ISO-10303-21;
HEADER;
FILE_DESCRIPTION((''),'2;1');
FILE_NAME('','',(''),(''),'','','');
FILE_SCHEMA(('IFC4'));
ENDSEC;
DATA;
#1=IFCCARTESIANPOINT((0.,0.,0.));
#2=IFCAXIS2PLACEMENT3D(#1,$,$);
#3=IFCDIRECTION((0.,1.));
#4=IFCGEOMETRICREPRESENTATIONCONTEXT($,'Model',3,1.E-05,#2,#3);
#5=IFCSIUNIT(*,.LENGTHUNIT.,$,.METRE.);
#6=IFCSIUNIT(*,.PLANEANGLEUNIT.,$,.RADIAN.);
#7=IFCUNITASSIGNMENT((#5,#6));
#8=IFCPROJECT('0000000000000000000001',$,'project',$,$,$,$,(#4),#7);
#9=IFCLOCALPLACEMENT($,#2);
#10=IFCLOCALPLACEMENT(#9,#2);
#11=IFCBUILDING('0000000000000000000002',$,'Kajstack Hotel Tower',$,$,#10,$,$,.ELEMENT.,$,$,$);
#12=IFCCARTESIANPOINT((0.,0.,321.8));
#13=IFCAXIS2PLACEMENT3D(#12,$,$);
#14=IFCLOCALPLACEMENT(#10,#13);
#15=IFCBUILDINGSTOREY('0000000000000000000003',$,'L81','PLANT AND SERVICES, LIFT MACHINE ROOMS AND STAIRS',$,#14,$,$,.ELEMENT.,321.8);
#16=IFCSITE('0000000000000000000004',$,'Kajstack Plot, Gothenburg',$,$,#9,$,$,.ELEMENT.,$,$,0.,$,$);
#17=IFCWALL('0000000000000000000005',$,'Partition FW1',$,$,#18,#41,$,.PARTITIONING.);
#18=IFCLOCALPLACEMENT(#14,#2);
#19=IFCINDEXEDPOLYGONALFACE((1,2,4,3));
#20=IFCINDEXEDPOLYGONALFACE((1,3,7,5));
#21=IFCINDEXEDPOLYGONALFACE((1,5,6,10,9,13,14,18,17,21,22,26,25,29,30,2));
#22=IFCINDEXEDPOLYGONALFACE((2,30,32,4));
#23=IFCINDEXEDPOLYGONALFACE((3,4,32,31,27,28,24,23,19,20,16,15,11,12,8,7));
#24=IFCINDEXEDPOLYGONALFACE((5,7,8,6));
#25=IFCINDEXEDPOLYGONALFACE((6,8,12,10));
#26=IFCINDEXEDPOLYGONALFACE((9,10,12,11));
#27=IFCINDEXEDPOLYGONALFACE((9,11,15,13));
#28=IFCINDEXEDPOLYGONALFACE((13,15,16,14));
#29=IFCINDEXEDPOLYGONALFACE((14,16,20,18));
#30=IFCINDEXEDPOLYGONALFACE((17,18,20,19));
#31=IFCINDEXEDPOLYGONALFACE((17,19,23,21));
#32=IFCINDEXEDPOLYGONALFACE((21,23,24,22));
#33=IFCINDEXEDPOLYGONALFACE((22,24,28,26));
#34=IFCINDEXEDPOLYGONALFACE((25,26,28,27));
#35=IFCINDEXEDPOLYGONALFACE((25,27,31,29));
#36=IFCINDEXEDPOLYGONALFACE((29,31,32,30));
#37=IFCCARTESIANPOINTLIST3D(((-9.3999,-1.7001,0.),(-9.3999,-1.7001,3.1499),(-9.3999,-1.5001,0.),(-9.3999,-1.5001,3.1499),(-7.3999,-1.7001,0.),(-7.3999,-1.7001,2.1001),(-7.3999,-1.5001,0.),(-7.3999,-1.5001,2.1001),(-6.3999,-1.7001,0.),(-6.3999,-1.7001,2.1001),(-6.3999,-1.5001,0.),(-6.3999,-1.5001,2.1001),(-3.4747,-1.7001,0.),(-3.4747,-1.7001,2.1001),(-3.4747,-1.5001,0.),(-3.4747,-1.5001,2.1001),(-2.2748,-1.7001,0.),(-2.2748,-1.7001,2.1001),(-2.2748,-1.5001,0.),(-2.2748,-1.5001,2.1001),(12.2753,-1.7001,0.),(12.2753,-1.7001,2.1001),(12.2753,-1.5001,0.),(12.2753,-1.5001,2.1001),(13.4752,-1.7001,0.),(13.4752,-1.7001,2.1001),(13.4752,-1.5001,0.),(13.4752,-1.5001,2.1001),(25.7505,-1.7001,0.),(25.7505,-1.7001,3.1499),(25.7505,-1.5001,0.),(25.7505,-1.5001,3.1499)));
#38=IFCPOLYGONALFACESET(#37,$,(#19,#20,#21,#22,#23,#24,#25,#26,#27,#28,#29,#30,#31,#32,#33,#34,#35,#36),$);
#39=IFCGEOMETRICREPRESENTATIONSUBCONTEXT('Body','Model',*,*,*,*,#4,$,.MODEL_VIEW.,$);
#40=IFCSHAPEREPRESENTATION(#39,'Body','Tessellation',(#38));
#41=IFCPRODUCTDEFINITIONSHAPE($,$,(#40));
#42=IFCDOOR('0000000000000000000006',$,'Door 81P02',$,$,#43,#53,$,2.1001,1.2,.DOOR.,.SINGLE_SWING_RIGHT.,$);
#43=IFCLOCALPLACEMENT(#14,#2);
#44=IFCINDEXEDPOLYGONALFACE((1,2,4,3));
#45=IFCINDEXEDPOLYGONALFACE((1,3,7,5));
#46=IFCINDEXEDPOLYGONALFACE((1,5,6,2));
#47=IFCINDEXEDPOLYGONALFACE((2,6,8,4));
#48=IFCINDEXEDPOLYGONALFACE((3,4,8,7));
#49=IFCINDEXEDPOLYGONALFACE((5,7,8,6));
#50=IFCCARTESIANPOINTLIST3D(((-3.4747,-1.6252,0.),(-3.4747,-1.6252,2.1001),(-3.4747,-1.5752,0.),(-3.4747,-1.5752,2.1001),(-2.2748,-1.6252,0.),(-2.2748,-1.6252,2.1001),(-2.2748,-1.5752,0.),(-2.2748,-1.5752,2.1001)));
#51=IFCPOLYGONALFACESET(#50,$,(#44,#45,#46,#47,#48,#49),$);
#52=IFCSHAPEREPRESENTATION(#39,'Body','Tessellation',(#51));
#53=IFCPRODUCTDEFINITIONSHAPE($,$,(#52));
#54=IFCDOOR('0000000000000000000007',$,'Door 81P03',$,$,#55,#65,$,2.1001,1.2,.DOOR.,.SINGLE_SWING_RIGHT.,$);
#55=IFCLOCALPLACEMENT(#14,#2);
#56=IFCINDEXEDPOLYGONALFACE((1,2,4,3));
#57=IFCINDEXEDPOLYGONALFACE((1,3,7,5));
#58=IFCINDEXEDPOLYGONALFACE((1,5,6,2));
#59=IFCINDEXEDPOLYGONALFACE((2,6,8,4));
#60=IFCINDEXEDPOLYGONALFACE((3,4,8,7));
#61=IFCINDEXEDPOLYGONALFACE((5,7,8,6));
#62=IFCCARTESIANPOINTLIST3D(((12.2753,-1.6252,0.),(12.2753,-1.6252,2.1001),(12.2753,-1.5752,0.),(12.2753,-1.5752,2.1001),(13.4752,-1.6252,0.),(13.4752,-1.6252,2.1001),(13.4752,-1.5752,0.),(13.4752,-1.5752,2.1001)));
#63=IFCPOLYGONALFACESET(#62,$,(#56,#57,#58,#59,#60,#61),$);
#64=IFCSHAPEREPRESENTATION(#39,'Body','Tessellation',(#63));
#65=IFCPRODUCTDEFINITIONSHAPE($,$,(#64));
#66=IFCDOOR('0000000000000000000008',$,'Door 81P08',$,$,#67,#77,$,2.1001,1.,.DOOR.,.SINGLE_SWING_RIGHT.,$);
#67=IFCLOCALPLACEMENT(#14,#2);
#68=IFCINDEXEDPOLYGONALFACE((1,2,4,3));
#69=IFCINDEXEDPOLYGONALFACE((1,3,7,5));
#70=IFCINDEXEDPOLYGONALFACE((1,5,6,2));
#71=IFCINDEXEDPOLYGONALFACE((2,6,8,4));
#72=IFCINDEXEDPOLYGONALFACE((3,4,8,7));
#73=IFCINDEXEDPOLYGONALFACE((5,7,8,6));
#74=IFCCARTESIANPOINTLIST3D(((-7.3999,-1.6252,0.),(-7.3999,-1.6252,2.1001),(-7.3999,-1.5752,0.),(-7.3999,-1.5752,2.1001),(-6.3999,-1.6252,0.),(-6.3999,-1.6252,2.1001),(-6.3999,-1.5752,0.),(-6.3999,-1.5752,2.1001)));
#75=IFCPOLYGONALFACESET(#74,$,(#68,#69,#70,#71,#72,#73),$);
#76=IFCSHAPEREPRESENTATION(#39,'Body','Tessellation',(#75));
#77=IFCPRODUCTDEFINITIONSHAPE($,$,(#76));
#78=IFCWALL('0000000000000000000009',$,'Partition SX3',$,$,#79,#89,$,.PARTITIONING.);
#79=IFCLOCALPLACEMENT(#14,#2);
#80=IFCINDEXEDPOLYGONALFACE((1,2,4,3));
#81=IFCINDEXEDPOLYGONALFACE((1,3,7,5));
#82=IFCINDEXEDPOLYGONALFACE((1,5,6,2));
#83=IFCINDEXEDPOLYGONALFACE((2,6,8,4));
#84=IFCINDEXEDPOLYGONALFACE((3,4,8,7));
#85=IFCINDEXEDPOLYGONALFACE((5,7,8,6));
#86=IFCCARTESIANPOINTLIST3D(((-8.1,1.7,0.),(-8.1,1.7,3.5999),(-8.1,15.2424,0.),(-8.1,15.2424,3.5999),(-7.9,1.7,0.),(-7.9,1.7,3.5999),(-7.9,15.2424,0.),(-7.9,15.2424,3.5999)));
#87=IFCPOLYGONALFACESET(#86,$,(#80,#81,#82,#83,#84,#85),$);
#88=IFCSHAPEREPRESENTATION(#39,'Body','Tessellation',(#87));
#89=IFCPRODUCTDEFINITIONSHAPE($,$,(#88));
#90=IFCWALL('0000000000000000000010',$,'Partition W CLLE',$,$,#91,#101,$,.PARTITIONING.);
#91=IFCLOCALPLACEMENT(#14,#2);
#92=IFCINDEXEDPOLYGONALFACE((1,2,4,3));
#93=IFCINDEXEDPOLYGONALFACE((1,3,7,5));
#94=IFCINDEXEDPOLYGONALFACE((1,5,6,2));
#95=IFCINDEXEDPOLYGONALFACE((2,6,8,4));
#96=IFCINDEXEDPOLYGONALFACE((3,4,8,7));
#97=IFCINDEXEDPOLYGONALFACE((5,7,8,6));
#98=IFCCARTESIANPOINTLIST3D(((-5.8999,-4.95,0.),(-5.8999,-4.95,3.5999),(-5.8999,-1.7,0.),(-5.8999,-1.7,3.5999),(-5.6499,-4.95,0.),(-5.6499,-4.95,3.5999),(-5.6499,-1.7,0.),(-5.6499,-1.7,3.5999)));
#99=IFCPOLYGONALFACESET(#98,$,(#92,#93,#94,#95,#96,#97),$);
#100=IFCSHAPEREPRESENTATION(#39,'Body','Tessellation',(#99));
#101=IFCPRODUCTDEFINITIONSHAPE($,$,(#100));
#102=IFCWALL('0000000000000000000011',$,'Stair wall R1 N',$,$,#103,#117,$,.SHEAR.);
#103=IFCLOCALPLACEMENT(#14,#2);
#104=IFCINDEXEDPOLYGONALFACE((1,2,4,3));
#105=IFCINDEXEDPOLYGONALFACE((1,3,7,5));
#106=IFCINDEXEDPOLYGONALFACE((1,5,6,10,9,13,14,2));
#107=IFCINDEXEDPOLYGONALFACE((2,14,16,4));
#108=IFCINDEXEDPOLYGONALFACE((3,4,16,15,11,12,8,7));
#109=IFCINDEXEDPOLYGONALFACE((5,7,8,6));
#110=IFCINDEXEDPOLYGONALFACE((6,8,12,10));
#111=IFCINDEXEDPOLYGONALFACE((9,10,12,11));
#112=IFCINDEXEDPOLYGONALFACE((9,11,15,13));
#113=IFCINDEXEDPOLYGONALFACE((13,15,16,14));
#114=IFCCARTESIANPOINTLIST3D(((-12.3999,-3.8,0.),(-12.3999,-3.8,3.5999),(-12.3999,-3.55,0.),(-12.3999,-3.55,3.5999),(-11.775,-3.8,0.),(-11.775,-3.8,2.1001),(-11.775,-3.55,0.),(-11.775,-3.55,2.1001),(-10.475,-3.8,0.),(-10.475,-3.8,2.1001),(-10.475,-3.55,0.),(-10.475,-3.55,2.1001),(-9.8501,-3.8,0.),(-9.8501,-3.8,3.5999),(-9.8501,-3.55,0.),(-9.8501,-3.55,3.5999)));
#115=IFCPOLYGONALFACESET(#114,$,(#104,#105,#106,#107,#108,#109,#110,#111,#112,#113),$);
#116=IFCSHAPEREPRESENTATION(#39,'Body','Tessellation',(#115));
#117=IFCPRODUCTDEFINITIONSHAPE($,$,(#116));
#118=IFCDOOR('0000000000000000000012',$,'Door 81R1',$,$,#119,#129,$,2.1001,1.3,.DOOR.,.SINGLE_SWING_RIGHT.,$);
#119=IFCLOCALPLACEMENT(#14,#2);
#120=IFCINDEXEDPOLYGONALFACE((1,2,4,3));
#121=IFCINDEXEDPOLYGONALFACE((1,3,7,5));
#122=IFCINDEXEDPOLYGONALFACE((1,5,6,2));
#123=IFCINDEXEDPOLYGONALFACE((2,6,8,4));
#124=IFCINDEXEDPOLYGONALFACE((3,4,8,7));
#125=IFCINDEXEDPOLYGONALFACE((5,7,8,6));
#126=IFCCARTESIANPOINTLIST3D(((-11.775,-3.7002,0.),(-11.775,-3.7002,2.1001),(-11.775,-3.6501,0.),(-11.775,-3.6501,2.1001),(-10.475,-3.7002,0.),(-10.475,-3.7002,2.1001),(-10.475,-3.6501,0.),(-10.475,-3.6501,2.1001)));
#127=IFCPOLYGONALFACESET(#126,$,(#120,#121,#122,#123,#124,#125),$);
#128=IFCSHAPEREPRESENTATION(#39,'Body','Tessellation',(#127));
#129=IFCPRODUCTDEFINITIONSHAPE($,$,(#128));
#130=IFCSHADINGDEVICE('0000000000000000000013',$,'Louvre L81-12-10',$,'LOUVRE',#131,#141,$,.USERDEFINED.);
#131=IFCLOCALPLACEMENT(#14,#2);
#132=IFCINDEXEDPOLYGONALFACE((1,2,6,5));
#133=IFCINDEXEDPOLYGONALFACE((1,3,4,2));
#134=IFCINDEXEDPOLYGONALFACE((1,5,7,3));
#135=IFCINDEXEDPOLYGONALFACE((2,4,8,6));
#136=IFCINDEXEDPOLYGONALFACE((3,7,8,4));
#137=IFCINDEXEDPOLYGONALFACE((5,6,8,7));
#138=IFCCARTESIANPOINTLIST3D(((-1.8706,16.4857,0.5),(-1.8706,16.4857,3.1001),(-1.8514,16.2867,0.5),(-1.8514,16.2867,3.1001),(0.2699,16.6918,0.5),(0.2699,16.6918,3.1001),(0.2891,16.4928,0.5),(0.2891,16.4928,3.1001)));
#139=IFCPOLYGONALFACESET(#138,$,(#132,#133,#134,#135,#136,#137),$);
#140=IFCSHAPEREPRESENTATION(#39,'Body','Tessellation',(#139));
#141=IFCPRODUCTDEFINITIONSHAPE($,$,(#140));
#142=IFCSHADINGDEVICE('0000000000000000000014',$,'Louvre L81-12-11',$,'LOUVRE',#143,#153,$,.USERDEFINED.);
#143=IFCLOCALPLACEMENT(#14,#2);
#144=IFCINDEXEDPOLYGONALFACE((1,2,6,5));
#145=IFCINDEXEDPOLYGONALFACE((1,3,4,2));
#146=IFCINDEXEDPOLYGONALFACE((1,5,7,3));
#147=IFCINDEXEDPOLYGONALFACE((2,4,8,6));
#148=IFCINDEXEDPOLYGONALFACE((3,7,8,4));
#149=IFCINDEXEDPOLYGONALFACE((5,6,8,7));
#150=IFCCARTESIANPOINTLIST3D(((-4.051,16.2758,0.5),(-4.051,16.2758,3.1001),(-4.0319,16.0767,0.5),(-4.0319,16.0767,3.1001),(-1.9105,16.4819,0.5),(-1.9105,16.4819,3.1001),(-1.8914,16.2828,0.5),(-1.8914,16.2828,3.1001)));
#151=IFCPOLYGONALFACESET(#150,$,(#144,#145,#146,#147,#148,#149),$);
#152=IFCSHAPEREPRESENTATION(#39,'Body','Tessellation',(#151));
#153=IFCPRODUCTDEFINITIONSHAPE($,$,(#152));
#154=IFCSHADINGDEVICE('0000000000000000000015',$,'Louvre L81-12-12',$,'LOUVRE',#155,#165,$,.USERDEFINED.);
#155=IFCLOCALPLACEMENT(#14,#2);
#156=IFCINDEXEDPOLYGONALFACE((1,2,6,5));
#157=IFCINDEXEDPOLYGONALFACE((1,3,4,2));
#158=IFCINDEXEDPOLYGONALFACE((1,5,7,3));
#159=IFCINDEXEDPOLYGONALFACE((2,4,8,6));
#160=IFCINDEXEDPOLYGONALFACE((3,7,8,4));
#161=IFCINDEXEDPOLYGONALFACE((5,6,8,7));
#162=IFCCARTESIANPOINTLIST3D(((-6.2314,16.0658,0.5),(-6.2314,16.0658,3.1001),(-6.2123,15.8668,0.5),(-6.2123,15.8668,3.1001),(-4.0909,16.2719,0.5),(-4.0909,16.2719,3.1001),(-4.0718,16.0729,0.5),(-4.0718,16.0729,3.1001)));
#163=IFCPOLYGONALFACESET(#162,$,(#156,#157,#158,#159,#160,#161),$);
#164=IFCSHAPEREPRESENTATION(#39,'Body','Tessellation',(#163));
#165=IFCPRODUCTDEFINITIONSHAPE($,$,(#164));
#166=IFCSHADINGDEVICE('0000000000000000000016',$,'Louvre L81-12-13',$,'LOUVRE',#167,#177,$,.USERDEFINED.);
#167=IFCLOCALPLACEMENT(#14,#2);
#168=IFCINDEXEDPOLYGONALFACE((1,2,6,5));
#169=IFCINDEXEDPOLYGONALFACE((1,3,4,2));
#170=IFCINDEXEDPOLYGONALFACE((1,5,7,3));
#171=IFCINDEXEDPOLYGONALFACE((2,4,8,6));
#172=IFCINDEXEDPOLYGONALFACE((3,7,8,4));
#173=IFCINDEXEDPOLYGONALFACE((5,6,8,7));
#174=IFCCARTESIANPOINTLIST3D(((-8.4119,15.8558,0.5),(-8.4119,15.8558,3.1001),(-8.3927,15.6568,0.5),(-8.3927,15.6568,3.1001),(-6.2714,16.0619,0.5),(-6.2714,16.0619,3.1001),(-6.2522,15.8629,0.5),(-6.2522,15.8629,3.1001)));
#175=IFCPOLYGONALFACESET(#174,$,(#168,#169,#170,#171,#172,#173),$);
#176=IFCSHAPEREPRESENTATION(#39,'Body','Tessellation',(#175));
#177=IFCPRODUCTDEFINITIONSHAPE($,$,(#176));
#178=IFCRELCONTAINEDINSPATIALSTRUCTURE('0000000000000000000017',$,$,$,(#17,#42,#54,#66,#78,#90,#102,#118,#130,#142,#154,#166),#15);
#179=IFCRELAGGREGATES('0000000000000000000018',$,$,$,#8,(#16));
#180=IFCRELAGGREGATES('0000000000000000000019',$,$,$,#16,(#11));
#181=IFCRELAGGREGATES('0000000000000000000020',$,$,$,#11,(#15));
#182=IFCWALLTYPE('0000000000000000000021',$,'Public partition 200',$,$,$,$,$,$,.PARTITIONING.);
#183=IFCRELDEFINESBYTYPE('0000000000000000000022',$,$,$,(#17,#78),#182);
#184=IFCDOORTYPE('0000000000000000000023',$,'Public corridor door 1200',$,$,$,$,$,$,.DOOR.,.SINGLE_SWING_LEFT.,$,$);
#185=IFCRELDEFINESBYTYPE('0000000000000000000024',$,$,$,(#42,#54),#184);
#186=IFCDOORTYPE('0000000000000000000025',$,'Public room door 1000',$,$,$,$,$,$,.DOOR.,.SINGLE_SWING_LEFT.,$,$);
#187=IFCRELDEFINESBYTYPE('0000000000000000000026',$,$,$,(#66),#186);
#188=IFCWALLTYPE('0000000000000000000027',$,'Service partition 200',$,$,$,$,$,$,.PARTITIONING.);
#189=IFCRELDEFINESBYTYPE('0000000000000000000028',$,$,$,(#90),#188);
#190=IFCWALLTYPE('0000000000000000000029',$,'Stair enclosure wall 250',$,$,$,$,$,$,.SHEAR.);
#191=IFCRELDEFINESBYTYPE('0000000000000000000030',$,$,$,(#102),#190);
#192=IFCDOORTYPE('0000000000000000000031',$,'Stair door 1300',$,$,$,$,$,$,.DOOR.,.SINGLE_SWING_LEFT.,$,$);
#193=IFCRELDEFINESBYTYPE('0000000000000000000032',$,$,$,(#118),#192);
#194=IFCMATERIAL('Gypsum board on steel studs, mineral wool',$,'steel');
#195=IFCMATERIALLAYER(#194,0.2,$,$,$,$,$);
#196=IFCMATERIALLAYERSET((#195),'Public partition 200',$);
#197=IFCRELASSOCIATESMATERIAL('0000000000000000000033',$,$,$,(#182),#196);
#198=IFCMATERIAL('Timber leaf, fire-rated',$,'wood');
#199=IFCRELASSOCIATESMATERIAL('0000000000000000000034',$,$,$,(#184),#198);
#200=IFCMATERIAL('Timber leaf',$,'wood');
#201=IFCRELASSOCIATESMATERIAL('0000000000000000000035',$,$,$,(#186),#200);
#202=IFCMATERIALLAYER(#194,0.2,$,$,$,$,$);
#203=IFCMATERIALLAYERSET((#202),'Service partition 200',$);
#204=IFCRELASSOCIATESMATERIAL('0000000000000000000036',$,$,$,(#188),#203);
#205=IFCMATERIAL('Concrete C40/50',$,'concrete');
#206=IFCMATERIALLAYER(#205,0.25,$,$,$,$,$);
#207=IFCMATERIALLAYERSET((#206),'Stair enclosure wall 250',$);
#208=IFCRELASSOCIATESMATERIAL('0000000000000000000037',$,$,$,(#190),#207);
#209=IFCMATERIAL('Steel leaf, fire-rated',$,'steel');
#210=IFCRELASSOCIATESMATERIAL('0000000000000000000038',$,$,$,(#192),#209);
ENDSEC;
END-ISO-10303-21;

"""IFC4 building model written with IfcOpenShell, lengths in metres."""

from ifc_helpers import new_model, si_unit, direction, frame, frame_2d, origin, origin_2d, place, context, subcontext, project, spatial, rectangle, extrude, material, layer, layer_set, type_object, element, fill, save


model = new_model("IFC4")

# Units and contexts
model_context = context("Model", 3, precision=1e-05, world=origin(), true_north=direction((0.0, 1.0)))
body_context = subcontext(model_context, "Body", "Model", "MODEL_VIEW")
ifc_project = project(units=[si_unit("LENGTHUNIT", "METRE"), si_unit("PLANEANGLEUNIT", "RADIAN")], contexts=[model_context])

# Site, building, storey
site_placement = place(None, origin())
site = spatial("IfcSite", under=ifc_project, at=site_placement, Name="Kajstack Plot, Gothenburg", CompositionType="ELEMENT", RefElevation=0.0)
building_placement = place(site_placement, origin())
building = spatial("IfcBuilding", under=site, at=building_placement, Name="Kajstack Hotel Tower", CompositionType="ELEMENT")
storey_placement = place(building_placement, frame((0.0, 0.0, 321.8)))
storey = spatial("IfcBuildingStorey", under=building, at=storey_placement, Name="L81", Description="PLANT AND SERVICES, LIFT MACHINE ROOMS AND STAIRS", CompositionType="ELEMENT", Elevation=321.8)

# Shared definitions
ifc_material_1 = material(Name="Concrete C40/50", Category="concrete")

# Wall, openings, doors
ifc_material_2 = material(Name="Gypsum board on steel studs, mineral wool", Category="steel")
ifc_layer_1 = layer(ifc_material_2, 0.2)
ifc_layer_set_1 = layer_set([ifc_layer_1], Name="Public partition 200")
wall_type_1 = type_object("IfcWallType", Name="Public partition 200", PredefinedType="PARTITIONING", material=ifc_layer_set_1)
wall_1_placement = place(storey_placement, frame((-9.3999, -1.6001, 0.0), z_axis=(0.0, 0.0, 1.0), x_axis=(1.0, 0.0, 0.0)))
wall_1 = element("IfcWall", 1, at=wall_1_placement, inside=storey, type_object=wall_type_1, Name="Partition FW1", PredefinedType="PARTITIONING", context=body_context, shape_type="SweptSolid", body=[
    extrude(rectangle(XDim=35.1504, YDim=0.2, at=frame_2d((17.5752, 0.0))), origin(), (0.0, 0.0, 1.0), 3.1499),
])
opening_1_placement = place(wall_1_placement, frame((5.925, 0.0, 0.0)))
opening_1 = element("IfcOpeningElement", 2, at=opening_1_placement, cuts=wall_1, PredefinedType="OPENING", context=body_context, shape_type="SweptSolid", body=[
    extrude(rectangle(XDim=1.2, YDim=2.1001, at=frame_2d((0.6001, 1.05))), frame((0.0, 0.1099, 0.0), z_axis=(0.0, -1.0, 0.0), x_axis=(1.0, 0.0, 0.0)), (0.0, 0.0, 1.0), 0.22),
])
opening_2_placement = place(wall_1_placement, frame((21.675, 0.0, 0.0)))
opening_2 = element("IfcOpeningElement", 3, at=opening_2_placement, cuts=wall_1, PredefinedType="OPENING", context=body_context, shape_type="SweptSolid", body=[
    extrude(rectangle(XDim=1.2, YDim=2.1001, at=frame_2d((0.6001, 1.05))), frame((0.0, 0.1099, 0.0), z_axis=(0.0, -1.0, 0.0), x_axis=(1.0, 0.0, 0.0)), (0.0, 0.0, 1.0), 0.22),
])
opening_3_placement = place(wall_1_placement, frame((2.0, 0.0, 0.0)))
opening_3 = element("IfcOpeningElement", 4, at=opening_3_placement, cuts=wall_1, PredefinedType="OPENING", context=body_context, shape_type="SweptSolid", body=[
    extrude(rectangle(XDim=1.0, YDim=2.1001, at=frame_2d((0.5, 1.05))), frame((0.0, 0.1099, 0.0), z_axis=(0.0, -1.0, 0.0), x_axis=(1.0, 0.0, 0.0)), (0.0, 0.0, 1.0), 0.22),
])
ifc_material_3 = material(Name="Timber leaf, fire-rated", Category="wood")
door_type_1 = type_object("IfcDoorType", Name="Public corridor door 1200", OperationType="SINGLE_SWING_LEFT", PredefinedType="DOOR", material=ifc_material_3)
door_1_placement = place(opening_1_placement, origin())
door_1 = element("IfcDoor", 5, at=door_1_placement, inside=storey, type_object=door_type_1, Name="Door 81P02", OperationType="SINGLE_SWING_RIGHT", OverallHeight=2.1001, OverallWidth=1.2, PredefinedType="DOOR", context=body_context, shape_type="SweptSolid", body=[
    extrude(rectangle(XDim=1.2, YDim=2.1001, at=frame_2d((0.6001, 1.05))), frame((0.0, 0.0249, 0.0), z_axis=(0.0, -1.0, 0.0), x_axis=(1.0, 0.0, 0.0)), (0.0, 0.0, 1.0), 0.05),
])
fill(opening_1, door_1)
door_2_placement = place(opening_2_placement, origin())
door_2 = element("IfcDoor", 6, at=door_2_placement, inside=storey, type_object=door_type_1, Name="Door 81P03", OperationType="SINGLE_SWING_RIGHT", OverallHeight=2.1001, OverallWidth=1.2, PredefinedType="DOOR", context=body_context, shape_type="SweptSolid", body=[
    extrude(rectangle(XDim=1.2, YDim=2.1001, at=frame_2d((0.6001, 1.05))), frame((0.0, 0.0249, 0.0), z_axis=(0.0, -1.0, 0.0), x_axis=(1.0, 0.0, 0.0)), (0.0, 0.0, 1.0), 0.05),
])
fill(opening_2, door_2)
ifc_material_4 = material(Name="Timber leaf", Category="wood")
door_type_2 = type_object("IfcDoorType", Name="Public room door 1000", OperationType="SINGLE_SWING_LEFT", PredefinedType="DOOR", material=ifc_material_4)
door_3_placement = place(opening_3_placement, origin())
door_3 = element("IfcDoor", 7, at=door_3_placement, inside=storey, type_object=door_type_2, Name="Door 81P08", OperationType="SINGLE_SWING_RIGHT", OverallHeight=2.1001, OverallWidth=1.0, PredefinedType="DOOR", context=body_context, shape_type="SweptSolid", body=[
    extrude(rectangle(XDim=1.0, YDim=2.1001, at=frame_2d((0.5, 1.05))), frame((0.0, 0.0249, 0.0), z_axis=(0.0, -1.0, 0.0), x_axis=(1.0, 0.0, 0.0)), (0.0, 0.0, 1.0), 0.05),
])
fill(opening_3, door_3)

# Walls
wall_2_placement = place(storey_placement, frame((-8.0, 1.7, 0.0), z_axis=(0.0, 0.0, 1.0), x_axis=(0.0, 1.0, 0.0)))
element("IfcWall", 8, at=wall_2_placement, inside=storey, type_object=wall_type_1, Name="Partition SX3", PredefinedType="PARTITIONING", context=body_context, shape_type="SweptSolid", body=[
    extrude(rectangle(XDim=13.5425, YDim=0.2, at=frame_2d((6.7712, 0.0))), origin(), (0.0, 0.0, 1.0), 3.5999),
])
ifc_layer_2 = layer(ifc_material_2, 0.2)
ifc_layer_set_2 = layer_set([ifc_layer_2], Name="Service partition 200")
wall_type_2 = type_object("IfcWallType", Name="Service partition 200", PredefinedType="PARTITIONING", material=ifc_layer_set_2)
wall_3_placement = place(storey_placement, frame((-5.7749, -4.95, 0.0), z_axis=(0.0, 0.0, 1.0), x_axis=(0.0, 1.0, 0.0)))
element("IfcWall", 9, at=wall_3_placement, inside=storey, type_object=wall_type_2, Name="Partition W CLLE", PredefinedType="PARTITIONING", context=body_context, shape_type="SweptSolid", body=[
    extrude(rectangle(XDim=3.25, YDim=0.25, at=frame_2d((1.625, 0.0))), origin(), (0.0, 0.0, 1.0), 3.5999),
])

# Wall, opening, door
ifc_layer_3 = layer(ifc_material_1, 0.25)
ifc_layer_set_3 = layer_set([ifc_layer_3], Name="Stair enclosure wall 250")
wall_type_3 = type_object("IfcWallType", Name="Stair enclosure wall 250", PredefinedType="SHEAR", material=ifc_layer_set_3)
wall_4_placement = place(storey_placement, frame((-12.3999, -3.675, 0.0), z_axis=(0.0, 0.0, 1.0), x_axis=(1.0, 0.0, 0.0)))
wall_4 = element("IfcWall", 10, at=wall_4_placement, inside=storey, type_object=wall_type_3, Name="Stair wall R1 N", PredefinedType="SHEAR", context=body_context, shape_type="SweptSolid", body=[
    extrude(rectangle(XDim=2.5498, YDim=0.25, at=frame_2d((1.2749, 0.0))), origin(), (0.0, 0.0, 1.0), 3.5999),
])
opening_4_placement = place(wall_4_placement, frame((0.625, 0.0, 0.0)))
opening_4 = element("IfcOpeningElement", 11, at=opening_4_placement, cuts=wall_4, PredefinedType="OPENING", context=body_context, shape_type="SweptSolid", body=[
    extrude(rectangle(XDim=1.3, YDim=2.1001, at=frame_2d((0.6499, 1.05))), frame((0.0, 0.135, 0.0), z_axis=(0.0, -1.0, 0.0), x_axis=(1.0, 0.0, 0.0)), (0.0, 0.0, 1.0), 0.27),
])
ifc_material_5 = material(Name="Steel leaf, fire-rated", Category="steel")
door_type_3 = type_object("IfcDoorType", Name="Stair door 1300", OperationType="SINGLE_SWING_LEFT", PredefinedType="DOOR", material=ifc_material_5)
door_4_placement = place(opening_4_placement, origin())
door_4 = element("IfcDoor", 12, at=door_4_placement, inside=storey, type_object=door_type_3, Name="Door 81R1", OperationType="SINGLE_SWING_RIGHT", OverallHeight=2.1001, OverallWidth=1.3, PredefinedType="DOOR", context=body_context, shape_type="SweptSolid", body=[
    extrude(rectangle(XDim=1.3, YDim=2.1001, at=frame_2d((0.6499, 1.05))), frame((0.0, 0.0249, 0.0), z_axis=(0.0, -1.0, 0.0), x_axis=(1.0, 0.0, 0.0)), (0.0, 0.0, 1.0), 0.05),
])
fill(opening_4, door_4)

# Shading devices
for number, where, z_axis, x_axis, name in (
    (13, (-0.7908, 16.4893, 0.5), (0.0, 0.0, 1.0), (-0.995396, -0.095845, 0.0), "Louvre L81-12-10"),
    (14, (-2.9712, 16.2793, 0.5), (0.0, 0.0, 1.0), (-0.995396, -0.095845, 0.0), "Louvre L81-12-11"),
    (15, (-5.1516, 16.0693, 0.5), (0.0, 0.0, 1.0), (-0.995396, -0.095845, 0.0), "Louvre L81-12-12"),
    (16, (-7.332, 15.8594, 0.5), (0.0, 0.0, 1.0), (-0.995396, -0.095845, 0.0), "Louvre L81-12-13"),
):
    element("IfcShadingDevice", number, at=place(storey_placement, frame(where, z_axis=z_axis, x_axis=x_axis)), inside=storey, Name=name, ObjectType="LOUVRE", PredefinedType="USERDEFINED", context=body_context, shape_type="SweptSolid", body=[
        extrude(rectangle(XDim=2.1504, YDim=0.2, at=origin_2d()), origin(), (0.0, 0.0, 1.0), 2.6001),
    ])

save(model, "model.ifc")
